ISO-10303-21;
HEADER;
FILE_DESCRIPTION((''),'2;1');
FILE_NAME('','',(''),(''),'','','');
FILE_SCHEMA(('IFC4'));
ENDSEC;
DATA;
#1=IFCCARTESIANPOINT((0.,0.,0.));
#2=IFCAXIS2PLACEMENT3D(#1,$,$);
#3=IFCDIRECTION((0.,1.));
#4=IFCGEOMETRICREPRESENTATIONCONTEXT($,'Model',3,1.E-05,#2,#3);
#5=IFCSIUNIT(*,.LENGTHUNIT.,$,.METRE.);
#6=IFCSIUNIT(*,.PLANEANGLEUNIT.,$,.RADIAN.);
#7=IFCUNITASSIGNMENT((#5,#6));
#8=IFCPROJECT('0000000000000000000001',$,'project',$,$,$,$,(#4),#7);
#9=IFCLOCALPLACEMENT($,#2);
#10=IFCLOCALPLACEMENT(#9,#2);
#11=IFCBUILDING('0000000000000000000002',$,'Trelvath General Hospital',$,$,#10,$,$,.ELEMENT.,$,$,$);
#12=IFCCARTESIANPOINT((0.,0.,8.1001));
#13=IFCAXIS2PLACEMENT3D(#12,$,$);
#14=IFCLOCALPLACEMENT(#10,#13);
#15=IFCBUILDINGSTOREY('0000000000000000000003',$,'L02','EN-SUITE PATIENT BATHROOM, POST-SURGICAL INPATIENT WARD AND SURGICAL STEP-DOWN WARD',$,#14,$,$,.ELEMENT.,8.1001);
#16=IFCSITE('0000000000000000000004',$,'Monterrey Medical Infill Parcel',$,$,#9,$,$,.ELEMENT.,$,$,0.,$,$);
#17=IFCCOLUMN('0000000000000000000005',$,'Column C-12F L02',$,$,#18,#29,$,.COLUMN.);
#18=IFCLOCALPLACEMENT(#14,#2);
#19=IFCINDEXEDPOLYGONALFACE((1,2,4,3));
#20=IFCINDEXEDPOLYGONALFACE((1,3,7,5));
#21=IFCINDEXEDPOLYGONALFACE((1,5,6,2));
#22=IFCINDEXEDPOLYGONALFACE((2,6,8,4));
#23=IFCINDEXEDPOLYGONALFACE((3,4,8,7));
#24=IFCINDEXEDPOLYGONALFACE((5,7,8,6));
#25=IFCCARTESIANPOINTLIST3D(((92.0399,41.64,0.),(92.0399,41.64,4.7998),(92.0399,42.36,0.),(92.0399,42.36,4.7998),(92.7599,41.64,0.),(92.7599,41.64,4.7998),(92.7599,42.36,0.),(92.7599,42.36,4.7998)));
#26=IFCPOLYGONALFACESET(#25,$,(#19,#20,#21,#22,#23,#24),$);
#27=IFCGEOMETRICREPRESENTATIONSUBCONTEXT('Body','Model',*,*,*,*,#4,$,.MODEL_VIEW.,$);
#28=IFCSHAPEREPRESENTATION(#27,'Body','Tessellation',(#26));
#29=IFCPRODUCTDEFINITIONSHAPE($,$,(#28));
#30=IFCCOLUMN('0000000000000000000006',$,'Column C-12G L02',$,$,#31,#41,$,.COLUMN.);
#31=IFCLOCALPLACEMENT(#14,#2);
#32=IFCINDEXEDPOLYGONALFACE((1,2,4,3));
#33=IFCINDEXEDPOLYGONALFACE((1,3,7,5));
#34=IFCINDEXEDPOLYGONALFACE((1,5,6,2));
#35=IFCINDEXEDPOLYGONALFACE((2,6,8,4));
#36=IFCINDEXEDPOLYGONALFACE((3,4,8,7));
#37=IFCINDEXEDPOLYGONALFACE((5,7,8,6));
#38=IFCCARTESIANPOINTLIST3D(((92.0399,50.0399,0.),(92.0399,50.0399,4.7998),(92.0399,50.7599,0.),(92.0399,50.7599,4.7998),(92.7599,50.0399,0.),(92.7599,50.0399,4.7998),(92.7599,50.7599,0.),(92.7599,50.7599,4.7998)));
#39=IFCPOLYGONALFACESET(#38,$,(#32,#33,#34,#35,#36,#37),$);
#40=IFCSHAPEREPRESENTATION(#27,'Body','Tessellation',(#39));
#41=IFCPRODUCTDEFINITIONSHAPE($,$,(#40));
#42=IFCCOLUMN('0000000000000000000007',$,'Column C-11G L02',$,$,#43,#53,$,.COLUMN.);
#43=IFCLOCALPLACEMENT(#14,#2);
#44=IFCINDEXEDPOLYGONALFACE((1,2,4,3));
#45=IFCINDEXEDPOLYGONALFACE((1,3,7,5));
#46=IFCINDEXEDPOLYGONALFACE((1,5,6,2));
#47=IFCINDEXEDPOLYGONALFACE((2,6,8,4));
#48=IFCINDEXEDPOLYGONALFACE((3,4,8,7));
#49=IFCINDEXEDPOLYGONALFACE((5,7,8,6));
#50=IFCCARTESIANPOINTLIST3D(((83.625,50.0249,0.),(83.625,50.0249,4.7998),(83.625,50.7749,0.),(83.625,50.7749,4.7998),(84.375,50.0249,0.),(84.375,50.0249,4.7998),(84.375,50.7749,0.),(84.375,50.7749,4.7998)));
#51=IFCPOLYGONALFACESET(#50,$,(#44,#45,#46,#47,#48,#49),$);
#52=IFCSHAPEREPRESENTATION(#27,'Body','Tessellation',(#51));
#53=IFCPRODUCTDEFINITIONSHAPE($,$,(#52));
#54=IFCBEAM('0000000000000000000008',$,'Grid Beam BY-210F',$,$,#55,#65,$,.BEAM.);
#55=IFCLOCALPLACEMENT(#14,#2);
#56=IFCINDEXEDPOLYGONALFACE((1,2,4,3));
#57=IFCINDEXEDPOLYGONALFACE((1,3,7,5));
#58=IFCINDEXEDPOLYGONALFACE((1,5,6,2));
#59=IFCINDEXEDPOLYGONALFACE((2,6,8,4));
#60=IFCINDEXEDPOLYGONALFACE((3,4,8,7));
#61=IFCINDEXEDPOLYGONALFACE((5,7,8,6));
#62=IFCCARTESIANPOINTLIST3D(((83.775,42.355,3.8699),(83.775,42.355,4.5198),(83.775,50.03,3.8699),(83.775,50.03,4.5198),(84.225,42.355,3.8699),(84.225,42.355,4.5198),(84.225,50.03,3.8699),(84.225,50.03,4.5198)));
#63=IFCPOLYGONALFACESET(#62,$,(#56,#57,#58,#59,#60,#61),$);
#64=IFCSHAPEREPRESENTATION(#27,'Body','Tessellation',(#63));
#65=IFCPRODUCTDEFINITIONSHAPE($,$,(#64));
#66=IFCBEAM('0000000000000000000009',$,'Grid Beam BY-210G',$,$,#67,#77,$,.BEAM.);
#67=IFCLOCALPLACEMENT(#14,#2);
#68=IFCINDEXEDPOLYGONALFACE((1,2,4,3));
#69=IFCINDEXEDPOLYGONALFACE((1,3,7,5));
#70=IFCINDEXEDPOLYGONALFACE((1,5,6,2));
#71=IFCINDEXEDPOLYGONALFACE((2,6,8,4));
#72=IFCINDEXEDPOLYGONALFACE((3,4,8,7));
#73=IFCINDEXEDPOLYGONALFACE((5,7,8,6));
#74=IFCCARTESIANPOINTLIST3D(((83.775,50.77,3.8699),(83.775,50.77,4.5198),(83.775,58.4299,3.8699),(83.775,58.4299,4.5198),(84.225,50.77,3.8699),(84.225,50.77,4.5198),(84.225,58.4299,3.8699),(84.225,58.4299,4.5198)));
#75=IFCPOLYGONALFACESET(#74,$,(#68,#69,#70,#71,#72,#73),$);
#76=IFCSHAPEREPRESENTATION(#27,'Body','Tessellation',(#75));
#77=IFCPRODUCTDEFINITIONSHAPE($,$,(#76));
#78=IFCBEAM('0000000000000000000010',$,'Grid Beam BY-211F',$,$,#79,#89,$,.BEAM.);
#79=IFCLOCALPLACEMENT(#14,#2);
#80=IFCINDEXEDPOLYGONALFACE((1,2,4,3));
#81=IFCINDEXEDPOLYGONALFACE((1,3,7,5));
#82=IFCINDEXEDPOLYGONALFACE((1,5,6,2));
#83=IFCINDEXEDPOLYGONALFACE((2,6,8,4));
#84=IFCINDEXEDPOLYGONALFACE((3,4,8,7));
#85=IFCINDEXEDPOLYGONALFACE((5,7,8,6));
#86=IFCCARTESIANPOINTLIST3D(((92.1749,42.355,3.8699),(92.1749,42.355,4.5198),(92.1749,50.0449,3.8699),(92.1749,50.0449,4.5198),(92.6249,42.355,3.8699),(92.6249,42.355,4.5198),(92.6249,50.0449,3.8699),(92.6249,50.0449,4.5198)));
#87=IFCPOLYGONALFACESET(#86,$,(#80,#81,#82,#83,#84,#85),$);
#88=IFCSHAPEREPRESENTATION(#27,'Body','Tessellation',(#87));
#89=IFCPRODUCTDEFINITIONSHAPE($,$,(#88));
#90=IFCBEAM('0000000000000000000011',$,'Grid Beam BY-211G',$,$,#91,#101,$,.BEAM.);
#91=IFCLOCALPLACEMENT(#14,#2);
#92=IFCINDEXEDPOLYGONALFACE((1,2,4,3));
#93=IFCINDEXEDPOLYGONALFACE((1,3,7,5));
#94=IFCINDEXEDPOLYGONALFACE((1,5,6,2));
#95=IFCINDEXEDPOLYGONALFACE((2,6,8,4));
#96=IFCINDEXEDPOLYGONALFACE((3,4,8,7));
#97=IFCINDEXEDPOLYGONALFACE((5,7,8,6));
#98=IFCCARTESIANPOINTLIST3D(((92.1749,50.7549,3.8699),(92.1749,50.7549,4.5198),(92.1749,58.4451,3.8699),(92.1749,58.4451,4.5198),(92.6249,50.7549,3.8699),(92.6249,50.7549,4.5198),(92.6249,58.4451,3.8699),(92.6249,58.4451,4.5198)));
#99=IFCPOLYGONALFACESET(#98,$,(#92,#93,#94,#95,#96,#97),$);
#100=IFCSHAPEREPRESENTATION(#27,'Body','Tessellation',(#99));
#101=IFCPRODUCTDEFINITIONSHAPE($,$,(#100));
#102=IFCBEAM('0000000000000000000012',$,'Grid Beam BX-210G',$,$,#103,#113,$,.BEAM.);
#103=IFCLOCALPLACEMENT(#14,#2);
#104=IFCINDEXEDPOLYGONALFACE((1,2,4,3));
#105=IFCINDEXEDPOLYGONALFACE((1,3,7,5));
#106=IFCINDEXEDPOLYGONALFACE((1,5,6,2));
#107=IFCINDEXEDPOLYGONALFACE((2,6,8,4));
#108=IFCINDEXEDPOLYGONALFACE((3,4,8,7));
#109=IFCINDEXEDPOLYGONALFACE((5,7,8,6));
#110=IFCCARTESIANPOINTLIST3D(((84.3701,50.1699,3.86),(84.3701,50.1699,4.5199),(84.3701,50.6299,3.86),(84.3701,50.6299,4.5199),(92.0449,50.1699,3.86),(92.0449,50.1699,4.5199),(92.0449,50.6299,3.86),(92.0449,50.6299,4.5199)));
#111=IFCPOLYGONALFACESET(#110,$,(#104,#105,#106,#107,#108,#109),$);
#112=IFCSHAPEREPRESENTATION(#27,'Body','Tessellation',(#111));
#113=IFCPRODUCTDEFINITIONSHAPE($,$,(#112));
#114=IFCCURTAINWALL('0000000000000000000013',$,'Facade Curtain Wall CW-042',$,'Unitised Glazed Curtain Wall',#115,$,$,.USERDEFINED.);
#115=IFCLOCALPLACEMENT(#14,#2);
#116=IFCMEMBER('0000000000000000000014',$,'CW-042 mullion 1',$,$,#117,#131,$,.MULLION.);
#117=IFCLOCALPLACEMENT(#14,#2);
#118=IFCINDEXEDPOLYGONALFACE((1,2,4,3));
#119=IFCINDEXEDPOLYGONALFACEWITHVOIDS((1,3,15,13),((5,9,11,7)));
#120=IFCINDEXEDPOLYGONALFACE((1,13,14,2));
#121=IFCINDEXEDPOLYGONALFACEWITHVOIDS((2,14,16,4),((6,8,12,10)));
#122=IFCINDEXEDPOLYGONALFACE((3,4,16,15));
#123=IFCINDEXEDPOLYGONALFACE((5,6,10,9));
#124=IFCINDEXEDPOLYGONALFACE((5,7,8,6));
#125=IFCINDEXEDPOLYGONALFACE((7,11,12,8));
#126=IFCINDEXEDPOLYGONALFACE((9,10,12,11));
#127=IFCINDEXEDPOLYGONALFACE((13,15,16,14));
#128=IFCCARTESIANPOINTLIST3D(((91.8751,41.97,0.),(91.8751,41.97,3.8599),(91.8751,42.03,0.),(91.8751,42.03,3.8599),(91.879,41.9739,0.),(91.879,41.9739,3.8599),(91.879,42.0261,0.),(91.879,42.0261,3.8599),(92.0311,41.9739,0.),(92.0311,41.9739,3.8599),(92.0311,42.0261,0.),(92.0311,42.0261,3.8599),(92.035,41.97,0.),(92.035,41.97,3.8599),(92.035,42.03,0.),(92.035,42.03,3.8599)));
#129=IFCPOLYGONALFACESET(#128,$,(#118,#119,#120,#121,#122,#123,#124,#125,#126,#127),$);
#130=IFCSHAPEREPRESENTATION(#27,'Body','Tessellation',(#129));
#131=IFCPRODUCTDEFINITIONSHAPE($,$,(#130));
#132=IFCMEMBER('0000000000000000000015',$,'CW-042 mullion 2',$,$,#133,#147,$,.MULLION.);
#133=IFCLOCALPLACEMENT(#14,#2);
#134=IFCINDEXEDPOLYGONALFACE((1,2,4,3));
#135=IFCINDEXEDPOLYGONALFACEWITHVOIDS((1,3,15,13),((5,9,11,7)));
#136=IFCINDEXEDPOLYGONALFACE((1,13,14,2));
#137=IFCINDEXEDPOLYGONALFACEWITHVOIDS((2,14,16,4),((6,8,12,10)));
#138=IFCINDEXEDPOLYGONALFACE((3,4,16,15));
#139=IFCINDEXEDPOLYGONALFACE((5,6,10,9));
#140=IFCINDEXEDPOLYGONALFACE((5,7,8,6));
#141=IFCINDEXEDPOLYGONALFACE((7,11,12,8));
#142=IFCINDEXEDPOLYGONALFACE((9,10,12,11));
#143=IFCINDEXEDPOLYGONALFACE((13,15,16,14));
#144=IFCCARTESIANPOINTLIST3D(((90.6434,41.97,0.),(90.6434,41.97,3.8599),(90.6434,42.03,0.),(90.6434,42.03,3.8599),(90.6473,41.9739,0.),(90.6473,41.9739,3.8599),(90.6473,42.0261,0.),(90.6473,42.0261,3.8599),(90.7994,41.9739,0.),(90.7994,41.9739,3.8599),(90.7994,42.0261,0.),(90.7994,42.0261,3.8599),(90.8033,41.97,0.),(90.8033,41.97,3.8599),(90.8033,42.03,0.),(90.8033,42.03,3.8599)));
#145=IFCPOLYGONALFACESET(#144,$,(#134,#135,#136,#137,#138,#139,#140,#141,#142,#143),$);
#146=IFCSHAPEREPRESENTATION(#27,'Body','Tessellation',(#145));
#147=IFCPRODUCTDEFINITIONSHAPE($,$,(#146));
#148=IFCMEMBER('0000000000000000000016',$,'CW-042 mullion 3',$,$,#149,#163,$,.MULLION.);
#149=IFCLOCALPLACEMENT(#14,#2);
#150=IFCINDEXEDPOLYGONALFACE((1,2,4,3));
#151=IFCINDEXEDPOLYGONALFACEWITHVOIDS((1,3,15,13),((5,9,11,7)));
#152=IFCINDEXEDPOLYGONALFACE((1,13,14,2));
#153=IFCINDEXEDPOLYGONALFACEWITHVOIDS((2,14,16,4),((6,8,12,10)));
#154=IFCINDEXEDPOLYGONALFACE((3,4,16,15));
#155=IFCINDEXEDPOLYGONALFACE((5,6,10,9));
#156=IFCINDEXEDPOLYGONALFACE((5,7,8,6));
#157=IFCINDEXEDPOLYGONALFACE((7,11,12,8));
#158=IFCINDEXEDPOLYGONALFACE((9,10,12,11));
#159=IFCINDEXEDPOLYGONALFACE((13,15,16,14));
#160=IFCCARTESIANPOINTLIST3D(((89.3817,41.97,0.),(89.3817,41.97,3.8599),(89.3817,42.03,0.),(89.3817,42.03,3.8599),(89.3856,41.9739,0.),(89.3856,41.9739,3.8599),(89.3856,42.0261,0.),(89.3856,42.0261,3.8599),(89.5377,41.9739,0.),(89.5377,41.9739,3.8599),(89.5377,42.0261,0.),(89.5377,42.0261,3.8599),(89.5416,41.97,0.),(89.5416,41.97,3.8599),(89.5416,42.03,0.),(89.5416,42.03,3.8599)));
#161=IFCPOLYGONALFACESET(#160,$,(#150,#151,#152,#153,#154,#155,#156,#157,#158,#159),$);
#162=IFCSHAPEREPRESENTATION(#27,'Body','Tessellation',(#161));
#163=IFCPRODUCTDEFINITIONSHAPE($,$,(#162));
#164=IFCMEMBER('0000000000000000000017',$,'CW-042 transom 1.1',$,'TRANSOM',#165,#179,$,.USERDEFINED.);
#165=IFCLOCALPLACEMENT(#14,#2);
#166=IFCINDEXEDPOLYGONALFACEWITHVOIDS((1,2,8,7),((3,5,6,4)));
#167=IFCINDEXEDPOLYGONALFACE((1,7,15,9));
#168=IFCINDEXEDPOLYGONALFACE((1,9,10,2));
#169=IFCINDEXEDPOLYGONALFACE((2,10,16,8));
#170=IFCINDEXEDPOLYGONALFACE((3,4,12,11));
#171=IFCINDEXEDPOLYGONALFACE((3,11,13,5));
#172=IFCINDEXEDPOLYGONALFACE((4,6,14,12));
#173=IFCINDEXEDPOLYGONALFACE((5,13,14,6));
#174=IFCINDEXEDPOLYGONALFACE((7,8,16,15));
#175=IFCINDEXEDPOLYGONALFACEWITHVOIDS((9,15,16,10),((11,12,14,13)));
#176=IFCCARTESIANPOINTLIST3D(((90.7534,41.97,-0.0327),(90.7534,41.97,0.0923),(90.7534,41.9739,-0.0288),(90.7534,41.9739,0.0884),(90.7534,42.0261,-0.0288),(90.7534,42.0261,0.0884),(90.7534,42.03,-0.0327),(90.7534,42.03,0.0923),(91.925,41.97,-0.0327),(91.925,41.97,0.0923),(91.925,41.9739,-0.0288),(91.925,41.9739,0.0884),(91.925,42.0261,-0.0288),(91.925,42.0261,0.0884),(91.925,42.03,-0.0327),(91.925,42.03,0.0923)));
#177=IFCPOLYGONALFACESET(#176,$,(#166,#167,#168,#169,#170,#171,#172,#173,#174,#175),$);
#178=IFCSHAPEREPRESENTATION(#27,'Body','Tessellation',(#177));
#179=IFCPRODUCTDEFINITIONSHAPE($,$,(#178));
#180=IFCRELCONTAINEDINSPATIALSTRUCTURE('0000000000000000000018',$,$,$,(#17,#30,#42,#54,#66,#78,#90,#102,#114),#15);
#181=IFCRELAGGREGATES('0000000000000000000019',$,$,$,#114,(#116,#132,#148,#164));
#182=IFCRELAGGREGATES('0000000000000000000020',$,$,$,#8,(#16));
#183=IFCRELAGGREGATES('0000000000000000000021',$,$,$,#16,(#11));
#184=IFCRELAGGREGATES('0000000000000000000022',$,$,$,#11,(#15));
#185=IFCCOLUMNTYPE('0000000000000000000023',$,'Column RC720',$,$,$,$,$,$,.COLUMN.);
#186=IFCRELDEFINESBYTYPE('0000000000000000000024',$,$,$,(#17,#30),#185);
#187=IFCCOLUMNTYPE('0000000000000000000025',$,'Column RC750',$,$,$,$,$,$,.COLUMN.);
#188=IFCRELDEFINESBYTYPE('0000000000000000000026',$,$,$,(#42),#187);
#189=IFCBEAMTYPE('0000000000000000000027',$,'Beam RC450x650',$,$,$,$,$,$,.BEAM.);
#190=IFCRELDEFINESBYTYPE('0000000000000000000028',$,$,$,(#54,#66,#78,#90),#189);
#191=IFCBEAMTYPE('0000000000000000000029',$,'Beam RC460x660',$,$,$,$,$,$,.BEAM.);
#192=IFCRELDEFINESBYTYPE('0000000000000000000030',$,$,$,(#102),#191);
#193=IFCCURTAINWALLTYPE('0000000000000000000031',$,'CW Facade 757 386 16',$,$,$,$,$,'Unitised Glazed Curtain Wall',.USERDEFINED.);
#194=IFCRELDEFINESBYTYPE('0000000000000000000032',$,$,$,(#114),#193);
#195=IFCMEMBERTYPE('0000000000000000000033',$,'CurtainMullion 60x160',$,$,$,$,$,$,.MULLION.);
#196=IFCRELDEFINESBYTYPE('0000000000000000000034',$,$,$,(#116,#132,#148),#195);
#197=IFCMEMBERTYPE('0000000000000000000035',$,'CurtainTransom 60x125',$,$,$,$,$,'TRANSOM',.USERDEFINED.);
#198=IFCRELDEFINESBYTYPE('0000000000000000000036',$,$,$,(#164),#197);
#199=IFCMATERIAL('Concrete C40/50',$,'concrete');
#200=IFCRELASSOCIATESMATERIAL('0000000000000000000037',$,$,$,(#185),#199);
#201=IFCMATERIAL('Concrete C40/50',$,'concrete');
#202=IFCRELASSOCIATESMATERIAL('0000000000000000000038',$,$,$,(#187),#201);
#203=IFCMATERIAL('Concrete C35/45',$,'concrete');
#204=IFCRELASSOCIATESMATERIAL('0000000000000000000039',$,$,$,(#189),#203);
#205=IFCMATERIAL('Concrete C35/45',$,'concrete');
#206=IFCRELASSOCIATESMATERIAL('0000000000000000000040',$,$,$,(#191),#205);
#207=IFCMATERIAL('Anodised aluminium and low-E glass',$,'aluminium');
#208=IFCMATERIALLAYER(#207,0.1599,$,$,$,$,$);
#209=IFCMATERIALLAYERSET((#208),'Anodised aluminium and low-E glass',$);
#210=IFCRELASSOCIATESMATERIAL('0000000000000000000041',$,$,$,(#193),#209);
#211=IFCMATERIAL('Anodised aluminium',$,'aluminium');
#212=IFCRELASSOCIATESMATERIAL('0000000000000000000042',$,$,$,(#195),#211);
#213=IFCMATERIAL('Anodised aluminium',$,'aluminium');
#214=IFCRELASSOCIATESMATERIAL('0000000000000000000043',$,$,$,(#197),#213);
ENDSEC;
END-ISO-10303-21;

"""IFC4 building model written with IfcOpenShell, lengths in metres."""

from ifc_helpers import new_model, si_unit, direction, frame, origin, origin_2d, place, context, subcontext, project, spatial, rectangle, hollow_rectangle, extrude, material, layer, layer_set, material_profile, profile_set, type_object, element, aggregate, save


model = new_model("IFC4")

# Units and contexts
model_context = context("Model", 3, precision=1e-05, world=origin(), true_north=direction((0.0, 1.0)))
body_context = subcontext(model_context, "Body", "Model", "MODEL_VIEW")
ifc_project = project(units=[si_unit("LENGTHUNIT", "METRE"), si_unit("PLANEANGLEUNIT", "RADIAN")], contexts=[model_context])

# Site, building, storey
site_placement = place(None, origin())
site = spatial("IfcSite", under=ifc_project, at=site_placement, Name="Monterrey Medical Infill Parcel", CompositionType="ELEMENT", RefElevation=0.0)
building_placement = place(site_placement, origin())
building = spatial("IfcBuilding", under=site, at=building_placement, Name="Trelvath General Hospital", CompositionType="ELEMENT")
storey_placement = place(building_placement, frame((0.0, 0.0, 8.1001)))
storey = spatial("IfcBuildingStorey", under=building, at=storey_placement, Name="L02", Description="EN-SUITE PATIENT BATHROOM, POST-SURGICAL INPATIENT WARD AND SURGICAL STEP-DOWN WARD", CompositionType="ELEMENT", Elevation=8.1001)

# Columns
ifc_material_1 = material(Name="Concrete C40/50", Category="concrete")
ifc_material_profile_1 = material_profile(ifc_material_1, rectangle(XDim=0.72, YDim=0.72, at=origin_2d()), Name="RC720x720")
ifc_profile_set_1 = profile_set([ifc_material_profile_1], Name="Concrete C40/50")
column_type_1 = type_object("IfcColumnType", Name="Column RC720", PredefinedType="COLUMN", material=ifc_profile_set_1)
for number, where, z_axis, x_axis, name in (
    (1, (92.3999, 42.0, 0.0), (0.0, 0.0, 1.0), (1.0, 0.0, 0.0), "Column C-12F L02"),
    (2, (92.3999, 50.3999, 0.0), (0.0, 0.0, 1.0), (1.0, 0.0, 0.0), "Column C-12G L02"),
):
    element("IfcColumn", number, at=place(storey_placement, frame(where, z_axis=z_axis, x_axis=x_axis)), inside=storey, type_object=column_type_1, Name=name, PredefinedType="COLUMN", context=body_context, shape_type="SweptSolid", body=[
        extrude(rectangle(XDim=0.72, YDim=0.72, at=origin_2d()), origin(), (0.0, 0.0, 1.0), 4.7998),
    ])
ifc_material_2 = material(Name="Concrete C40/50", Category="concrete")
ifc_material_profile_2 = material_profile(ifc_material_2, rectangle(XDim=0.75, YDim=0.75, at=origin_2d()), Name="RC750x750")
ifc_profile_set_2 = profile_set([ifc_material_profile_2], Name="Concrete C40/50")
column_type_2 = type_object("IfcColumnType", Name="Column RC750", PredefinedType="COLUMN", material=ifc_profile_set_2)
column_placement = place(storey_placement, frame((84.0, 50.3999, 0.0), z_axis=(0.0, 0.0, 1.0), x_axis=(1.0, 0.0, 0.0)))
element("IfcColumn", 3, at=column_placement, inside=storey, type_object=column_type_2, Name="Column C-11G L02", PredefinedType="COLUMN", context=body_context, shape_type="SweptSolid", body=[
    extrude(rectangle(XDim=0.75, YDim=0.75, at=origin_2d()), origin(), (0.0, 0.0, 1.0), 4.7998),
])

# Beams
ifc_material_3 = material(Name="Concrete C35/45", Category="concrete")
ifc_material_profile_3 = material_profile(ifc_material_3, rectangle(XDim=0.45, YDim=0.6499, at=origin_2d()), Name="RCB450x650")
ifc_profile_set_3 = profile_set([ifc_material_profile_3], Name="Concrete C35/45")
beam_type_1 = type_object("IfcBeamType", Name="Beam RC450x650", PredefinedType="BEAM", material=ifc_profile_set_3)
beam_1_placement = place(storey_placement, frame((84.0, 42.355, 4.1948), z_axis=(0.0, 1.0, 0.0), x_axis=(-1.0, 0.0, 0.0)))
element("IfcBeam", 4, at=beam_1_placement, inside=storey, type_object=beam_type_1, Name="Grid Beam BY-210F", PredefinedType="BEAM", context=body_context, shape_type="SweptSolid", body=[
    extrude(rectangle(XDim=0.45, YDim=0.6499, at=origin_2d()), origin(), (0.0, 0.0, 1.0), 7.675),
])
beam_2_placement = place(storey_placement, frame((84.0, 50.77, 4.1948), z_axis=(0.0, 1.0, 0.0), x_axis=(-1.0, 0.0, 0.0)))
element("IfcBeam", 5, at=beam_2_placement, inside=storey, type_object=beam_type_1, Name="Grid Beam BY-210G", PredefinedType="BEAM", context=body_context, shape_type="SweptSolid", body=[
    extrude(rectangle(XDim=0.45, YDim=0.6499, at=origin_2d()), origin(), (0.0, 0.0, 1.0), 7.6599),
])
beam_3_placement = place(storey_placement, frame((92.3999, 42.355, 4.1948), z_axis=(0.0, 1.0, 0.0), x_axis=(-1.0, 0.0, 0.0)))
element("IfcBeam", 6, at=beam_3_placement, inside=storey, type_object=beam_type_1, Name="Grid Beam BY-211F", PredefinedType="BEAM", context=body_context, shape_type="SweptSolid", body=[
    extrude(rectangle(XDim=0.45, YDim=0.6499, at=origin_2d()), origin(), (0.0, 0.0, 1.0), 7.6899),
])
beam_4_placement = place(storey_placement, frame((92.3999, 50.7549, 4.1948), z_axis=(0.0, 1.0, 0.0), x_axis=(-1.0, 0.0, 0.0)))
element("IfcBeam", 7, at=beam_4_placement, inside=storey, type_object=beam_type_1, Name="Grid Beam BY-211G", PredefinedType="BEAM", context=body_context, shape_type="SweptSolid", body=[
    extrude(rectangle(XDim=0.45, YDim=0.6499, at=origin_2d()), origin(), (0.0, 0.0, 1.0), 7.6902),
])
ifc_material_4 = material(Name="Concrete C35/45", Category="concrete")
ifc_material_profile_4 = material_profile(ifc_material_4, rectangle(XDim=0.46, YDim=0.6599, at=origin_2d()), Name="RCB460x660")
ifc_profile_set_4 = profile_set([ifc_material_profile_4], Name="Concrete C35/45")
beam_type_2 = type_object("IfcBeamType", Name="Beam RC460x660", PredefinedType="BEAM", material=ifc_profile_set_4)
beam_5_placement = place(storey_placement, frame((84.3701, 50.3999, 4.1899), z_axis=(1.0, 0.0, 0.0), x_axis=(0.0, 1.0, 0.0)))
element("IfcBeam", 8, at=beam_5_placement, inside=storey, type_object=beam_type_2, Name="Grid Beam BX-210G", PredefinedType="BEAM", context=body_context, shape_type="SweptSolid", body=[
    extrude(rectangle(XDim=0.46, YDim=0.6599, at=origin_2d()), origin(), (0.0, 0.0, 1.0), 7.6748),
])

# Curtain wall, members
ifc_material_5 = material(Name="Anodised aluminium and low-E glass", Category="aluminium")
ifc_layer_1 = layer(ifc_material_5, 0.1599)
ifc_layer_set_1 = layer_set([ifc_layer_1], Name="Anodised aluminium and low-E glass")
curtain_wall_type = type_object("IfcCurtainWallType", Name="CW Facade 757 386 16", ElementType="Unitised Glazed Curtain Wall", PredefinedType="USERDEFINED", material=ifc_layer_set_1)
curtain_wall_placement = place(storey_placement, origin())
curtain_wall = element("IfcCurtainWall", 9, at=curtain_wall_placement, inside=storey, type_object=curtain_wall_type, Name="Facade Curtain Wall CW-042", ObjectType="Unitised Glazed Curtain Wall", PredefinedType="USERDEFINED")
ifc_material_6 = material(Name="Anodised aluminium", Category="aluminium")
ifc_material_profile_5 = material_profile(ifc_material_6, hollow_rectangle(XDim=0.0601, YDim=0.1599, WallThickness=0.0039, at=origin_2d()), Name="RHS60x160x4")
ifc_profile_set_5 = profile_set([ifc_material_profile_5], Name="Anodised aluminium")
member_type_1 = type_object("IfcMemberType", Name="CurtainMullion 60x160", PredefinedType="MULLION", material=ifc_profile_set_5)
member_1_placement = place(storey_placement, frame((91.9551, 42.0, 0.0), z_axis=(0.0, 0.0, 1.0), x_axis=(0.0, -1.0, 0.0)))
member_1 = element("IfcMember", 10, at=member_1_placement, type_object=member_type_1, Name="CW-042 mullion 1", PredefinedType="MULLION", context=body_context, shape_type="SweptSolid", body=[
    extrude(hollow_rectangle(XDim=0.0601, YDim=0.1599, WallThickness=0.0039, at=origin_2d()), origin(), (0.0, 0.0, 1.0), 3.8599),
])
member_2_placement = place(storey_placement, frame((90.7234, 42.0, 0.0), z_axis=(0.0, 0.0, 1.0), x_axis=(0.0, -1.0, 0.0)))
member_2 = element("IfcMember", 11, at=member_2_placement, type_object=member_type_1, Name="CW-042 mullion 2", PredefinedType="MULLION", context=body_context, shape_type="SweptSolid", body=[
    extrude(hollow_rectangle(XDim=0.0601, YDim=0.1599, WallThickness=0.0039, at=origin_2d()), origin(), (0.0, 0.0, 1.0), 3.8599),
])
member_3_placement = place(storey_placement, frame((89.4617, 42.0, 0.0), z_axis=(0.0, 0.0, 1.0), x_axis=(0.0, -1.0, 0.0)))
member_3 = element("IfcMember", 12, at=member_3_placement, type_object=member_type_1, Name="CW-042 mullion 3", PredefinedType="MULLION", context=body_context, shape_type="SweptSolid", body=[
    extrude(hollow_rectangle(XDim=0.0601, YDim=0.1599, WallThickness=0.0039, at=origin_2d()), origin(), (0.0, 0.0, 1.0), 3.8599),
])
ifc_material_7 = material(Name="Anodised aluminium", Category="aluminium")
ifc_material_profile_6 = material_profile(ifc_material_7, hollow_rectangle(XDim=0.0601, YDim=0.125, WallThickness=0.0039, at=origin_2d()), Name="RHS60x125x4")
ifc_profile_set_6 = profile_set([ifc_material_profile_6], Name="Anodised aluminium")
member_type_2 = type_object("IfcMemberType", Name="CurtainTransom 60x125", ElementType="TRANSOM", PredefinedType="USERDEFINED", material=ifc_profile_set_6)
member_4_placement = place(storey_placement, frame((91.925, 42.0, 0.0298), z_axis=(-1.0, 0.0, 0.0), x_axis=(0.0, -1.0, 0.0)))
member_4 = element("IfcMember", 13, at=member_4_placement, type_object=member_type_2, Name="CW-042 transom 1.1", ObjectType="TRANSOM", PredefinedType="USERDEFINED", context=body_context, shape_type="SweptSolid", body=[
    extrude(hollow_rectangle(XDim=0.0601, YDim=0.125, WallThickness=0.0039, at=origin_2d()), origin(), (0.0, 0.0, 1.0), 1.1716),
])
aggregate(curtain_wall, [member_1, member_2, member_3, member_4])

save(model, "model.ifc")
